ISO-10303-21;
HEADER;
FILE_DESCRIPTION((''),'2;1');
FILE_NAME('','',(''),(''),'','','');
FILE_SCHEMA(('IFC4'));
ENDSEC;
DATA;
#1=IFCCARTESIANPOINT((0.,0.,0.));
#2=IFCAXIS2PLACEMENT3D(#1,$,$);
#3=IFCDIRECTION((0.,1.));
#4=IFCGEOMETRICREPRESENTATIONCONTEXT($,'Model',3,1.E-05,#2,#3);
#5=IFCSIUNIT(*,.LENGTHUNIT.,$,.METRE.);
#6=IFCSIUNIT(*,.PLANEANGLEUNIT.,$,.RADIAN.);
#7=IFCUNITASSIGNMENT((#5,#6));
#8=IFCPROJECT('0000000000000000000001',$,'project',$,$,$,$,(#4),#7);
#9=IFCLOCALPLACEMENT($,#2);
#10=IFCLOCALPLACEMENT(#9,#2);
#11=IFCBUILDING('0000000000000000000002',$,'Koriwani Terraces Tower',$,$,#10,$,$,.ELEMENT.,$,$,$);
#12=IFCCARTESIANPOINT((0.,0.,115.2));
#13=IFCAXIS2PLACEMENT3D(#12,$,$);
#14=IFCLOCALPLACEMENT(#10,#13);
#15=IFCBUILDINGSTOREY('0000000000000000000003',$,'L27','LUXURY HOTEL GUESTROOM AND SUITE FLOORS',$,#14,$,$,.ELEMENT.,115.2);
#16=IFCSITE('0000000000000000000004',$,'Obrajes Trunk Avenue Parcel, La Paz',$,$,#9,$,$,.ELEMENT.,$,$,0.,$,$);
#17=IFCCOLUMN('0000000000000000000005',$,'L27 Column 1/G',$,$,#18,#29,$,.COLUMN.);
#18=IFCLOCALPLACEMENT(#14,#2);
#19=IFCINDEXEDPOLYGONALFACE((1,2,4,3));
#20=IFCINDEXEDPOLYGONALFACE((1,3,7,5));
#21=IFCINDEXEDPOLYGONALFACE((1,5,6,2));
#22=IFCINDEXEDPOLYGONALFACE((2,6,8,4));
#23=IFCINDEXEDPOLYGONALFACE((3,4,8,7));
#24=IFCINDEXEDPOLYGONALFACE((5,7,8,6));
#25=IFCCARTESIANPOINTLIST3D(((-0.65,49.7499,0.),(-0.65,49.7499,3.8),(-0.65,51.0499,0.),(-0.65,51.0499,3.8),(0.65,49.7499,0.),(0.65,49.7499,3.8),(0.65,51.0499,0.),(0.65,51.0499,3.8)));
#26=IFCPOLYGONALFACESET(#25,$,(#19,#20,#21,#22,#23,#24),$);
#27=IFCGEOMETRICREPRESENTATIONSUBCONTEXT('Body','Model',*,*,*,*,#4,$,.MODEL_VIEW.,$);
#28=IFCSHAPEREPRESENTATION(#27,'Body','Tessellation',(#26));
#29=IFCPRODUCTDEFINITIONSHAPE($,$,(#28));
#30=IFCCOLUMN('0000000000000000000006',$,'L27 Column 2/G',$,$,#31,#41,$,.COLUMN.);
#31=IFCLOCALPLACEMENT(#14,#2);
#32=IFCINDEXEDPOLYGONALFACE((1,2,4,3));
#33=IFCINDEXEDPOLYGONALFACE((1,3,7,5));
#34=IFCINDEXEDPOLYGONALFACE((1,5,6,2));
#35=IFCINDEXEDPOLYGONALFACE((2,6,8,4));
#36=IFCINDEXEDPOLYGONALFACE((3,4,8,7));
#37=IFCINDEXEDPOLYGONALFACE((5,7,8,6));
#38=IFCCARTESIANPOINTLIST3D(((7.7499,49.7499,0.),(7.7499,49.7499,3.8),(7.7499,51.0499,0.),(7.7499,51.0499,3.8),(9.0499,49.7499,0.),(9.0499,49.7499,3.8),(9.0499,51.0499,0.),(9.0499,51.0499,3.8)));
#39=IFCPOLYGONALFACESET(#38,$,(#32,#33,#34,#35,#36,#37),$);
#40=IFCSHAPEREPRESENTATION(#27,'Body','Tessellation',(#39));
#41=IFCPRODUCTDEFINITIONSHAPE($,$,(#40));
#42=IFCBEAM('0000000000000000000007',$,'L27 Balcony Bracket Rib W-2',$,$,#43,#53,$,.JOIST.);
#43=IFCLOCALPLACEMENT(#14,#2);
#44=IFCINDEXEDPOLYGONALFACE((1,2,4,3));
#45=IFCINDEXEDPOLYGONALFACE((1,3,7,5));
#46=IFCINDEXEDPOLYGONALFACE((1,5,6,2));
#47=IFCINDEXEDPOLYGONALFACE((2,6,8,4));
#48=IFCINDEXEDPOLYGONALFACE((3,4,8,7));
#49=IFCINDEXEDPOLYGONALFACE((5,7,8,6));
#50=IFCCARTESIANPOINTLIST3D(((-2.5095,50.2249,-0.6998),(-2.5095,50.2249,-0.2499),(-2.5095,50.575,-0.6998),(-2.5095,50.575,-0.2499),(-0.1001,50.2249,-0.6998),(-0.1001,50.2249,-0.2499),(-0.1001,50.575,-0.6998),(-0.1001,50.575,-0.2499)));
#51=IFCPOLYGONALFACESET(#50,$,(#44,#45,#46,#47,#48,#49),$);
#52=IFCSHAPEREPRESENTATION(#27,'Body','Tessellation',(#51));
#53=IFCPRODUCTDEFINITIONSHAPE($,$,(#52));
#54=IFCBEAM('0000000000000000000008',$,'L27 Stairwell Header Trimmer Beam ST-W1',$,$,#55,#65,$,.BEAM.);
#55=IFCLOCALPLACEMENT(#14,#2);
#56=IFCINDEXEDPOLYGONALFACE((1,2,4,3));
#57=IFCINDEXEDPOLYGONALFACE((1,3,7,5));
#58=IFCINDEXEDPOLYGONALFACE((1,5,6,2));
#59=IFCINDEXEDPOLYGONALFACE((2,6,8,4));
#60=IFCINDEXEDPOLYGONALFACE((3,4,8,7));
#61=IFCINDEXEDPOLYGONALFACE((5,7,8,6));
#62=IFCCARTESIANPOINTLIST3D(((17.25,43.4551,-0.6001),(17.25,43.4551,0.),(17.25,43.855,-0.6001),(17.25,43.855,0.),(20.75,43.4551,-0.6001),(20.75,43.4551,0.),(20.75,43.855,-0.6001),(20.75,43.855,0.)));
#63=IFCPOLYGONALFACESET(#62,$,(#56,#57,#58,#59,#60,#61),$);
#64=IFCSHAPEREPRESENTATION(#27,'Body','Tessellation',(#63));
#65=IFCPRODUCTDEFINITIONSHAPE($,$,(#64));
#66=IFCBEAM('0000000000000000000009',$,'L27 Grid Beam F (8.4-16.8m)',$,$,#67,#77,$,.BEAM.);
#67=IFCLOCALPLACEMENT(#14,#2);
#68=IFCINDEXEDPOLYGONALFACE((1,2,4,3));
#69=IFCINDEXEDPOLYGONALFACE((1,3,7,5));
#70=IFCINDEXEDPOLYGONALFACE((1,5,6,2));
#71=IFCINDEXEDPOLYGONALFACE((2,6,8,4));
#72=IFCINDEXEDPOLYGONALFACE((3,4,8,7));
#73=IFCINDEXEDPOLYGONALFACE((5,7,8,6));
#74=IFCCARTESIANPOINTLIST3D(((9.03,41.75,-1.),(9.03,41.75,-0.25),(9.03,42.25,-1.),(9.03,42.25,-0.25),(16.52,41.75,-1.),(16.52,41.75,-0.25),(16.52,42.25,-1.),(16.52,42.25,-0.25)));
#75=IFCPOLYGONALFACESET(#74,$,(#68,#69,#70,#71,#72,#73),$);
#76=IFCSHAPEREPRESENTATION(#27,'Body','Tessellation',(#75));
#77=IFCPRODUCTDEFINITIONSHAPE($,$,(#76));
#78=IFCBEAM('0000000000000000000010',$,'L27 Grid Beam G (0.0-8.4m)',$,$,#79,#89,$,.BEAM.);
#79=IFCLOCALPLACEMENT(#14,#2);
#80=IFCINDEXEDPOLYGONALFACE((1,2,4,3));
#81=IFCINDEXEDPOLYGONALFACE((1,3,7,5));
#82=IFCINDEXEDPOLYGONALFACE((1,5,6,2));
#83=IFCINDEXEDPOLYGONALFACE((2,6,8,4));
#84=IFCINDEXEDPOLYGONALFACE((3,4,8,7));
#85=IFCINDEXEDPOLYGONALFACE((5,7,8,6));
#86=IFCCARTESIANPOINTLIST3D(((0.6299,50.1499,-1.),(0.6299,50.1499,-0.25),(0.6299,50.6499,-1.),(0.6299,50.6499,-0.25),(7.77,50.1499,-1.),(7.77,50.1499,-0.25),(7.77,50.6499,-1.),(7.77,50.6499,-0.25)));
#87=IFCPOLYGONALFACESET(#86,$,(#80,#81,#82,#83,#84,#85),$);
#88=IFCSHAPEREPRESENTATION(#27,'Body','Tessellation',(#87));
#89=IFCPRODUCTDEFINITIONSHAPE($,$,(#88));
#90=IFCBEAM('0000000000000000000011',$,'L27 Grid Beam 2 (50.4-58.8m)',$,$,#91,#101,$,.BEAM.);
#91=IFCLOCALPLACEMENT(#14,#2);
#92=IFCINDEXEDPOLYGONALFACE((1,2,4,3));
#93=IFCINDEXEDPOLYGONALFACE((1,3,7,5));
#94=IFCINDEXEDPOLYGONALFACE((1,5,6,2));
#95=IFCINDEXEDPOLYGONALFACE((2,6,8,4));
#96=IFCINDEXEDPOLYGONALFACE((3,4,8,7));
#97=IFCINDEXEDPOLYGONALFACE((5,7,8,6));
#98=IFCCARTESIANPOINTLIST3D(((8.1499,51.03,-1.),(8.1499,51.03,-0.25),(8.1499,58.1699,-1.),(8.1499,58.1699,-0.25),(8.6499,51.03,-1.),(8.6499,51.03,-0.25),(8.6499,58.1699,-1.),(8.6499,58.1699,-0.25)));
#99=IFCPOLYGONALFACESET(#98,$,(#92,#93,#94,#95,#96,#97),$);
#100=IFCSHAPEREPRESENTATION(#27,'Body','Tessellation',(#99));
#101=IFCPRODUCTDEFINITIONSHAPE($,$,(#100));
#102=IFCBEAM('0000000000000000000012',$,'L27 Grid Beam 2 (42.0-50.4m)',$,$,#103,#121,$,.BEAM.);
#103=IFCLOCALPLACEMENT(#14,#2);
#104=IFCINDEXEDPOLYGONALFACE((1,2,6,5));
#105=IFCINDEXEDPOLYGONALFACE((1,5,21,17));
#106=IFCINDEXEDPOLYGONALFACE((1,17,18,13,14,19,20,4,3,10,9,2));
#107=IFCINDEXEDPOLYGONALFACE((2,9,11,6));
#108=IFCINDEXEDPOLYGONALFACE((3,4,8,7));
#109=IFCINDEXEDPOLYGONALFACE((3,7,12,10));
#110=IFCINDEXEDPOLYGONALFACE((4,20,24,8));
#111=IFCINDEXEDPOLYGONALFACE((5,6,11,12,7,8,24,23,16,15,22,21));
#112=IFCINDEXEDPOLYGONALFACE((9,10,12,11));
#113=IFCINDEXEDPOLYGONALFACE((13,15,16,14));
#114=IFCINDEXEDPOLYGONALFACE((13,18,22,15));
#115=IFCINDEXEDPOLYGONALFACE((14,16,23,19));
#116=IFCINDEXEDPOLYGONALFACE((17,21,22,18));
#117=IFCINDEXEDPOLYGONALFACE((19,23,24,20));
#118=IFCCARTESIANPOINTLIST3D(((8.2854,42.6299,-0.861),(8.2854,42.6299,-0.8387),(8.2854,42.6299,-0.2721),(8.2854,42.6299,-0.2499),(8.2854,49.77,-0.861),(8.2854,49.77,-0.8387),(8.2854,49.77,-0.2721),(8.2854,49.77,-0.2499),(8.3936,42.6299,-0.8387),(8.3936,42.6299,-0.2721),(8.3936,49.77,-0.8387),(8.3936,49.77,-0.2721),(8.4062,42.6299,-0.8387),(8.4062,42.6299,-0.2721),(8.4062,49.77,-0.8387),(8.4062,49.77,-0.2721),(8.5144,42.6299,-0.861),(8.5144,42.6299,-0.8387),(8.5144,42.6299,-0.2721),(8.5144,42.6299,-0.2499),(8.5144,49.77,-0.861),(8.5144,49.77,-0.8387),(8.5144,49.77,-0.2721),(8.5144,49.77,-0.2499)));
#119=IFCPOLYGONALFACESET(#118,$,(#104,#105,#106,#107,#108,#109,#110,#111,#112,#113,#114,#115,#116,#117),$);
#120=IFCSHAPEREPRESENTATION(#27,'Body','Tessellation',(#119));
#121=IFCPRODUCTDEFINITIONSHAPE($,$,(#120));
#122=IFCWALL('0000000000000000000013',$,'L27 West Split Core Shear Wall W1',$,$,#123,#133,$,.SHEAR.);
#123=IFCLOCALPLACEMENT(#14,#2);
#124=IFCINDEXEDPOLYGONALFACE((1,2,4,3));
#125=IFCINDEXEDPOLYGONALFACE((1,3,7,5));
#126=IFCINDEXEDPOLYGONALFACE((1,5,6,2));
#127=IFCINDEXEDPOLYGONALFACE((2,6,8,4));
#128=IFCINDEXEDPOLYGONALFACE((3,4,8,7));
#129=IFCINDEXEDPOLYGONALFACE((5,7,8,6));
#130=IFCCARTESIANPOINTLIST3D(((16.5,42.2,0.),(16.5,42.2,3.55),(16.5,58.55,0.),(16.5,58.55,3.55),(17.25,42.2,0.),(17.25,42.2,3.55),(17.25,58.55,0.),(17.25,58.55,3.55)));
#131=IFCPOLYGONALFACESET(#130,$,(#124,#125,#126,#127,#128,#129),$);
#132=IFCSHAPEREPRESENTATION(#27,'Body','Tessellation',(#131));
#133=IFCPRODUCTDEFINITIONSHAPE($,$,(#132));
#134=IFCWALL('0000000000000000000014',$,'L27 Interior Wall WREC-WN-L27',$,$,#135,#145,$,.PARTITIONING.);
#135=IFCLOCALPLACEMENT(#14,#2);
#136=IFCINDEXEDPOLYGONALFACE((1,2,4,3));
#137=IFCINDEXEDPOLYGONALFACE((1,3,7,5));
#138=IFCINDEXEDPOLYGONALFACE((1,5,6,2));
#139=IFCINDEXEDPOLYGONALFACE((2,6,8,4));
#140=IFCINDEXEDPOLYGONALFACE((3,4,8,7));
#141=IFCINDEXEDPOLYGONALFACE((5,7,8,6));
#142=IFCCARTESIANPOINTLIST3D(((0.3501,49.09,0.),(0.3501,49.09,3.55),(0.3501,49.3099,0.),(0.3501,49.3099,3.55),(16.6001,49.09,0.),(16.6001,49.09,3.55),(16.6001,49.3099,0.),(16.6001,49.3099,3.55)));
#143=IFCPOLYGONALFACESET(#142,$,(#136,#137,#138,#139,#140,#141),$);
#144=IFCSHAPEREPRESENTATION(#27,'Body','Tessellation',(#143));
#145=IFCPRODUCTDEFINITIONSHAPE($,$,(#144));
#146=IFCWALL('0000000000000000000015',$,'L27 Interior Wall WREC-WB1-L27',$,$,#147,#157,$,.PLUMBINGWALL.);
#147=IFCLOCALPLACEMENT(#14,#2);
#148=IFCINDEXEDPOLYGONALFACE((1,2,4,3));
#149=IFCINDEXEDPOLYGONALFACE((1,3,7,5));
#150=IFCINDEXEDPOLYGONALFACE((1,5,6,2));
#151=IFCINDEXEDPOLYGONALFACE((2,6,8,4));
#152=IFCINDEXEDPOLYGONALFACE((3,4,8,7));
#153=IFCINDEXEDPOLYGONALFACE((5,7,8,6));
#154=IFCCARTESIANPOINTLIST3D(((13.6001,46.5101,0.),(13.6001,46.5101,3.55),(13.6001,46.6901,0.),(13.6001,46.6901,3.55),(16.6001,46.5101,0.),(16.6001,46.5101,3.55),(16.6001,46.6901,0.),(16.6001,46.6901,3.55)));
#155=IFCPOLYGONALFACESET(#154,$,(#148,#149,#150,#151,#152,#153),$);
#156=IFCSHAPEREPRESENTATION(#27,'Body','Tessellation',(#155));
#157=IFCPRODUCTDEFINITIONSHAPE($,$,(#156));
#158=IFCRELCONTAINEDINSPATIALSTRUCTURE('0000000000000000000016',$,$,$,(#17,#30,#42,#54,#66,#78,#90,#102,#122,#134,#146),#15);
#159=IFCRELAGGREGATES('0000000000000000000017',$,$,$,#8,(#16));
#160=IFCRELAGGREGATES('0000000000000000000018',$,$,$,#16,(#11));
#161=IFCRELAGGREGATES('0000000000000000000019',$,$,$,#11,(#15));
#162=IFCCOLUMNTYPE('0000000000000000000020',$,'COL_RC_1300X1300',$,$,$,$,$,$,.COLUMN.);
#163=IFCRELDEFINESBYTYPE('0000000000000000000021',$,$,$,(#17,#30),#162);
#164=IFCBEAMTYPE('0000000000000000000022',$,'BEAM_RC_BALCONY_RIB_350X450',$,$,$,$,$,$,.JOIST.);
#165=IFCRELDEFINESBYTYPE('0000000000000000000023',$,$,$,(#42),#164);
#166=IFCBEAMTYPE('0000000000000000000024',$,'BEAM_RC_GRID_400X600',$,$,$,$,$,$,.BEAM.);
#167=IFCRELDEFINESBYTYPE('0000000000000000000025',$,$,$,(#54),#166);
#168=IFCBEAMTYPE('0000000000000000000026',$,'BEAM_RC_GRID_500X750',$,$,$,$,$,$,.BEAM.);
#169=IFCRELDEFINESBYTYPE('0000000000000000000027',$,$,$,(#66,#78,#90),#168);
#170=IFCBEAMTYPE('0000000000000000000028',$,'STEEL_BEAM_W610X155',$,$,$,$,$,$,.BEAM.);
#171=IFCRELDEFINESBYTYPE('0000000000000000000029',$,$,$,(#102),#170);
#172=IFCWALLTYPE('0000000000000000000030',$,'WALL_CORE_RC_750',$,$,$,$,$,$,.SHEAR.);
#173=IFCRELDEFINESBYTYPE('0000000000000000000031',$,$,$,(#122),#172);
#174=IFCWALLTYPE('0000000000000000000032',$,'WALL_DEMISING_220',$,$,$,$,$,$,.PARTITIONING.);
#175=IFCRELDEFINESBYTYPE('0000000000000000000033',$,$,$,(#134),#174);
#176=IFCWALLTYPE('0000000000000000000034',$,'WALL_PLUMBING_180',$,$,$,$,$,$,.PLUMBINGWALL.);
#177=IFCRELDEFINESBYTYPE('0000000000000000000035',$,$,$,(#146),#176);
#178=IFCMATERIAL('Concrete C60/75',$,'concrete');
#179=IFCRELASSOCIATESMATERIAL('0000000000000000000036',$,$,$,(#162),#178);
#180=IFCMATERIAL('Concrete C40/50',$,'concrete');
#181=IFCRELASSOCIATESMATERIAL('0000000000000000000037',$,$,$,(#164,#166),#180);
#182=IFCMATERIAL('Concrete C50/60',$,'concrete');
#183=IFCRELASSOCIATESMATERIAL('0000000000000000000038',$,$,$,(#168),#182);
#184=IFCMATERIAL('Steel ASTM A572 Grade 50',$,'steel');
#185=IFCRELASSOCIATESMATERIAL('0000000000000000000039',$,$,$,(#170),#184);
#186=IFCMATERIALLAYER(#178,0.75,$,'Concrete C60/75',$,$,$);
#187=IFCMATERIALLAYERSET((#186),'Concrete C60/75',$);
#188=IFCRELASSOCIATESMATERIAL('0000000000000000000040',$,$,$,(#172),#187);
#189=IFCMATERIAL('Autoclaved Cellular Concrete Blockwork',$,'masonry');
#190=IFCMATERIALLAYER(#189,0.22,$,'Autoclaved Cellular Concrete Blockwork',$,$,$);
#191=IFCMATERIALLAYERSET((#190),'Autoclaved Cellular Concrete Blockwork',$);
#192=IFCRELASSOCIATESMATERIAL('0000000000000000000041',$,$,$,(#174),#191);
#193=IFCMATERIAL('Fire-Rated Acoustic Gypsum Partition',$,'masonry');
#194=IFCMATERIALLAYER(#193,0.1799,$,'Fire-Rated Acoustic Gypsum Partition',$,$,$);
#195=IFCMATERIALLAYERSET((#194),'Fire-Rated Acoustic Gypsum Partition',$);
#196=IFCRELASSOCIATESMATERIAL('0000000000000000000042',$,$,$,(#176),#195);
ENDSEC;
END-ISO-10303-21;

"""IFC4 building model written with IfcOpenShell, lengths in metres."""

from ifc_helpers import new_model, si_unit, direction, frame, frame_2d, origin, origin_2d, place, context, subcontext, project, spatial, rectangle, i_section, extrude, material, layer, layer_set, material_profile, profile_set, type_object, element, save


model = new_model("IFC4")

# Units and contexts
model_context = context("Model", 3, precision=1e-05, world=origin(), true_north=direction((0.0, 1.0)))
body_context = subcontext(model_context, "Body", "Model", "MODEL_VIEW")
ifc_project = project(units=[si_unit("LENGTHUNIT", "METRE"), si_unit("PLANEANGLEUNIT", "RADIAN")], contexts=[model_context])

# Site, building, storey
site_placement = place(None, origin())
site = spatial("IfcSite", under=ifc_project, at=site_placement, Name="Obrajes Trunk Avenue Parcel, La Paz", CompositionType="ELEMENT", RefElevation=0.0)
building_placement = place(site_placement, origin())
building = spatial("IfcBuilding", under=site, at=building_placement, Name="Koriwani Terraces Tower", CompositionType="ELEMENT")
storey_placement = place(building_placement, frame((0.0, 0.0, 115.2)))
storey = spatial("IfcBuildingStorey", under=building, at=storey_placement, Name="L27", Description="LUXURY HOTEL GUESTROOM AND SUITE FLOORS", CompositionType="ELEMENT", Elevation=115.2)

# Columns
ifc_material_1 = material(Name="Concrete C60/75", Category="concrete")
ifc_material_profile_1 = material_profile(ifc_material_1, rectangle(XDim=1.3, YDim=1.3, at=origin_2d()), Name="Concrete C60/75", Category="LoadBearing")
ifc_profile_set_1 = profile_set([ifc_material_profile_1], Name="Concrete C60/75")
column_type = type_object("IfcColumnType", Name="COL_RC_1300X1300", PredefinedType="COLUMN", material=ifc_profile_set_1)
for number, where, z_axis, x_axis, name in (
    (1, (0.0, 50.3999, 0.0), (0.0, 0.0, 1.0), (1.0, 0.0, 0.0), "L27 Column 1/G"),
    (2, (8.3999, 50.3999, 0.0), (0.0, 0.0, 1.0), (1.0, 0.0, 0.0), "L27 Column 2/G"),
):
    element("IfcColumn", number, at=place(storey_placement, frame(where, z_axis=z_axis, x_axis=x_axis)), inside=storey, type_object=column_type, Name=name, PredefinedType="COLUMN", context=body_context, shape_type="SweptSolid", body=[
        extrude(rectangle(XDim=1.3, YDim=1.3, at=origin_2d()), origin(), (0.0, 0.0, 1.0), 3.8),
    ])

# Beams
ifc_material_2 = material(Name="Concrete C40/50", Category="concrete")
ifc_material_profile_2 = material_profile(ifc_material_2, rectangle(XDim=0.3501, YDim=0.45, at=origin_2d()), Name="Concrete C40/50", Category="LoadBearing")
ifc_profile_set_2 = profile_set([ifc_material_profile_2], Name="Concrete C40/50")
beam_type_1 = type_object("IfcBeamType", Name="BEAM_RC_BALCONY_RIB_350X450", PredefinedType="JOIST", material=ifc_profile_set_2)
beam_1_placement = place(storey_placement, frame((-2.5095, 50.3999, -0.4749), z_axis=(1.0, 0.0, 0.0), x_axis=(0.0, 1.0, 0.0)))
element("IfcBeam", 3, at=beam_1_placement, inside=storey, type_object=beam_type_1, Name="L27 Balcony Bracket Rib W-2", PredefinedType="JOIST", context=body_context, shape_type="SweptSolid", body=[
    extrude(rectangle(XDim=0.3501, YDim=0.45, at=origin_2d()), origin(), (0.0, 0.0, 1.0), 2.4094),
])
ifc_material_profile_3 = material_profile(ifc_material_2, rectangle(XDim=0.3999, YDim=0.6001, at=origin_2d()), Name="Concrete C40/50", Category="LoadBearing")
ifc_profile_set_3 = profile_set([ifc_material_profile_3], Name="Concrete C40/50")
beam_type_2 = type_object("IfcBeamType", Name="BEAM_RC_GRID_400X600", PredefinedType="BEAM", material=ifc_profile_set_3)
beam_2_placement = place(storey_placement, frame((17.25, 43.655, -0.3), z_axis=(1.0, 0.0, 0.0), x_axis=(0.0, 1.0, 0.0)))
element("IfcBeam", 4, at=beam_2_placement, inside=storey, type_object=beam_type_2, Name="L27 Stairwell Header Trimmer Beam ST-W1", PredefinedType="BEAM", context=body_context, shape_type="SweptSolid", body=[
    extrude(rectangle(XDim=0.3999, YDim=0.6001, at=origin_2d()), origin(), (0.0, 0.0, 1.0), 3.5),
])
ifc_material_3 = material(Name="Concrete C50/60", Category="concrete")
ifc_material_profile_4 = material_profile(ifc_material_3, rectangle(XDim=0.5, YDim=0.75, at=origin_2d()), Name="Concrete C50/60", Category="LoadBearing")
ifc_profile_set_4 = profile_set([ifc_material_profile_4], Name="Concrete C50/60")
beam_type_3 = type_object("IfcBeamType", Name="BEAM_RC_GRID_500X750", PredefinedType="BEAM", material=ifc_profile_set_4)
beam_3_placement = place(storey_placement, frame((9.03, 42.0, -0.625), z_axis=(1.0, 0.0, 0.0), x_axis=(0.0, 1.0, 0.0)))
element("IfcBeam", 5, at=beam_3_placement, inside=storey, type_object=beam_type_3, Name="L27 Grid Beam F (8.4-16.8m)", PredefinedType="BEAM", context=body_context, shape_type="SweptSolid", body=[
    extrude(rectangle(XDim=0.5, YDim=0.75, at=origin_2d()), origin(), (0.0, 0.0, 1.0), 7.49),
])
beam_4_placement = place(storey_placement, frame((0.6299, 50.3999, -0.625), z_axis=(1.0, 0.0, 0.0), x_axis=(0.0, 1.0, 0.0)))
element("IfcBeam", 6, at=beam_4_placement, inside=storey, type_object=beam_type_3, Name="L27 Grid Beam G (0.0-8.4m)", PredefinedType="BEAM", context=body_context, shape_type="SweptSolid", body=[
    extrude(rectangle(XDim=0.5, YDim=0.75, at=origin_2d()), origin(), (0.0, 0.0, 1.0), 7.1401),
])
beam_5_placement = place(storey_placement, frame((8.3999, 51.03, -0.625), z_axis=(0.0, 1.0, 0.0), x_axis=(-1.0, 0.0, 0.0)))
element("IfcBeam", 7, at=beam_5_placement, inside=storey, type_object=beam_type_3, Name="L27 Grid Beam 2 (50.4-58.8m)", PredefinedType="BEAM", context=body_context, shape_type="SweptSolid", body=[
    extrude(rectangle(XDim=0.5, YDim=0.75, at=origin_2d()), origin(), (0.0, 0.0, 1.0), 7.1399),
])
ifc_material_4 = material(Name="Steel ASTM A572 Grade 50", Category="steel")
ifc_material_profile_5 = material_profile(ifc_material_4, i_section(OverallWidth=0.229, OverallDepth=0.6111, WebThickness=0.0127, FlangeThickness=0.0222, at=origin_2d()), Name="Steel ASTM A572 Grade 50", Category="LoadBearing")
ifc_profile_set_5 = profile_set([ifc_material_profile_5], Name="Steel ASTM A572 Grade 50")
beam_type_4 = type_object("IfcBeamType", Name="STEEL_BEAM_W610X155", PredefinedType="BEAM", material=ifc_profile_set_5)
beam_6_placement = place(storey_placement, frame((8.3999, 42.6299, -0.5554), z_axis=(0.0, 1.0, 0.0), x_axis=(-1.0, 0.0, 0.0)))
element("IfcBeam", 8, at=beam_6_placement, inside=storey, type_object=beam_type_4, Name="L27 Grid Beam 2 (42.0-50.4m)", PredefinedType="BEAM", context=body_context, shape_type="SweptSolid", body=[
    extrude(i_section(OverallWidth=0.229, OverallDepth=0.6111, WebThickness=0.0127, FlangeThickness=0.0222, at=origin_2d()), origin(), (0.0, 0.0, 1.0), 7.1401),
])

# Walls
ifc_layer_1 = layer(ifc_material_1, 0.75, Name="Concrete C60/75")
ifc_layer_set_1 = layer_set([ifc_layer_1], Name="Concrete C60/75")
wall_type_1 = type_object("IfcWallType", Name="WALL_CORE_RC_750", PredefinedType="SHEAR", material=ifc_layer_set_1)
wall_1_placement = place(storey_placement, frame((16.875, 42.2, 0.0), z_axis=(0.0, 0.0, 1.0), x_axis=(0.0, 1.0, 0.0)))
element("IfcWall", 9, at=wall_1_placement, inside=storey, type_object=wall_type_1, Name="L27 West Split Core Shear Wall W1", PredefinedType="SHEAR", context=body_context, shape_type="SweptSolid", body=[
    extrude(rectangle(XDim=16.3501, YDim=0.75, at=frame_2d((8.175, 0.0))), origin(), (0.0, 0.0, 1.0), 3.55),
])
ifc_material_5 = material(Name="Autoclaved Cellular Concrete Blockwork", Category="masonry")
ifc_layer_2 = layer(ifc_material_5, 0.22, Name="Autoclaved Cellular Concrete Blockwork")
ifc_layer_set_2 = layer_set([ifc_layer_2], Name="Autoclaved Cellular Concrete Blockwork")
wall_type_2 = type_object("IfcWallType", Name="WALL_DEMISING_220", PredefinedType="PARTITIONING", material=ifc_layer_set_2)
wall_2_placement = place(storey_placement, frame((0.3501, 49.2, 0.0), z_axis=(0.0, 0.0, 1.0), x_axis=(1.0, 0.0, 0.0)))
element("IfcWall", 10, at=wall_2_placement, inside=storey, type_object=wall_type_2, Name="L27 Interior Wall WREC-WN-L27", PredefinedType="PARTITIONING", context=body_context, shape_type="SweptSolid", body=[
    extrude(rectangle(XDim=16.25, YDim=0.22, at=frame_2d((8.125, 0.0))), origin(), (0.0, 0.0, 1.0), 3.55),
])
ifc_material_6 = material(Name="Fire-Rated Acoustic Gypsum Partition", Category="masonry")
ifc_layer_3 = layer(ifc_material_6, 0.1799, Name="Fire-Rated Acoustic Gypsum Partition")
ifc_layer_set_3 = layer_set([ifc_layer_3], Name="Fire-Rated Acoustic Gypsum Partition")
wall_type_3 = type_object("IfcWallType", Name="WALL_PLUMBING_180", PredefinedType="PLUMBINGWALL", material=ifc_layer_set_3)
wall_3_placement = place(storey_placement, frame((13.6001, 46.6001, 0.0), z_axis=(0.0, 0.0, 1.0), x_axis=(1.0, 0.0, 0.0)))
element("IfcWall", 11, at=wall_3_placement, inside=storey, type_object=wall_type_3, Name="L27 Interior Wall WREC-WB1-L27", PredefinedType="PLUMBINGWALL", context=body_context, shape_type="SweptSolid", body=[
    extrude(rectangle(XDim=3.0, YDim=0.1799, at=frame_2d((1.5, 0.0))), origin(), (0.0, 0.0, 1.0), 3.55),
])

save(model, "model.ifc")
